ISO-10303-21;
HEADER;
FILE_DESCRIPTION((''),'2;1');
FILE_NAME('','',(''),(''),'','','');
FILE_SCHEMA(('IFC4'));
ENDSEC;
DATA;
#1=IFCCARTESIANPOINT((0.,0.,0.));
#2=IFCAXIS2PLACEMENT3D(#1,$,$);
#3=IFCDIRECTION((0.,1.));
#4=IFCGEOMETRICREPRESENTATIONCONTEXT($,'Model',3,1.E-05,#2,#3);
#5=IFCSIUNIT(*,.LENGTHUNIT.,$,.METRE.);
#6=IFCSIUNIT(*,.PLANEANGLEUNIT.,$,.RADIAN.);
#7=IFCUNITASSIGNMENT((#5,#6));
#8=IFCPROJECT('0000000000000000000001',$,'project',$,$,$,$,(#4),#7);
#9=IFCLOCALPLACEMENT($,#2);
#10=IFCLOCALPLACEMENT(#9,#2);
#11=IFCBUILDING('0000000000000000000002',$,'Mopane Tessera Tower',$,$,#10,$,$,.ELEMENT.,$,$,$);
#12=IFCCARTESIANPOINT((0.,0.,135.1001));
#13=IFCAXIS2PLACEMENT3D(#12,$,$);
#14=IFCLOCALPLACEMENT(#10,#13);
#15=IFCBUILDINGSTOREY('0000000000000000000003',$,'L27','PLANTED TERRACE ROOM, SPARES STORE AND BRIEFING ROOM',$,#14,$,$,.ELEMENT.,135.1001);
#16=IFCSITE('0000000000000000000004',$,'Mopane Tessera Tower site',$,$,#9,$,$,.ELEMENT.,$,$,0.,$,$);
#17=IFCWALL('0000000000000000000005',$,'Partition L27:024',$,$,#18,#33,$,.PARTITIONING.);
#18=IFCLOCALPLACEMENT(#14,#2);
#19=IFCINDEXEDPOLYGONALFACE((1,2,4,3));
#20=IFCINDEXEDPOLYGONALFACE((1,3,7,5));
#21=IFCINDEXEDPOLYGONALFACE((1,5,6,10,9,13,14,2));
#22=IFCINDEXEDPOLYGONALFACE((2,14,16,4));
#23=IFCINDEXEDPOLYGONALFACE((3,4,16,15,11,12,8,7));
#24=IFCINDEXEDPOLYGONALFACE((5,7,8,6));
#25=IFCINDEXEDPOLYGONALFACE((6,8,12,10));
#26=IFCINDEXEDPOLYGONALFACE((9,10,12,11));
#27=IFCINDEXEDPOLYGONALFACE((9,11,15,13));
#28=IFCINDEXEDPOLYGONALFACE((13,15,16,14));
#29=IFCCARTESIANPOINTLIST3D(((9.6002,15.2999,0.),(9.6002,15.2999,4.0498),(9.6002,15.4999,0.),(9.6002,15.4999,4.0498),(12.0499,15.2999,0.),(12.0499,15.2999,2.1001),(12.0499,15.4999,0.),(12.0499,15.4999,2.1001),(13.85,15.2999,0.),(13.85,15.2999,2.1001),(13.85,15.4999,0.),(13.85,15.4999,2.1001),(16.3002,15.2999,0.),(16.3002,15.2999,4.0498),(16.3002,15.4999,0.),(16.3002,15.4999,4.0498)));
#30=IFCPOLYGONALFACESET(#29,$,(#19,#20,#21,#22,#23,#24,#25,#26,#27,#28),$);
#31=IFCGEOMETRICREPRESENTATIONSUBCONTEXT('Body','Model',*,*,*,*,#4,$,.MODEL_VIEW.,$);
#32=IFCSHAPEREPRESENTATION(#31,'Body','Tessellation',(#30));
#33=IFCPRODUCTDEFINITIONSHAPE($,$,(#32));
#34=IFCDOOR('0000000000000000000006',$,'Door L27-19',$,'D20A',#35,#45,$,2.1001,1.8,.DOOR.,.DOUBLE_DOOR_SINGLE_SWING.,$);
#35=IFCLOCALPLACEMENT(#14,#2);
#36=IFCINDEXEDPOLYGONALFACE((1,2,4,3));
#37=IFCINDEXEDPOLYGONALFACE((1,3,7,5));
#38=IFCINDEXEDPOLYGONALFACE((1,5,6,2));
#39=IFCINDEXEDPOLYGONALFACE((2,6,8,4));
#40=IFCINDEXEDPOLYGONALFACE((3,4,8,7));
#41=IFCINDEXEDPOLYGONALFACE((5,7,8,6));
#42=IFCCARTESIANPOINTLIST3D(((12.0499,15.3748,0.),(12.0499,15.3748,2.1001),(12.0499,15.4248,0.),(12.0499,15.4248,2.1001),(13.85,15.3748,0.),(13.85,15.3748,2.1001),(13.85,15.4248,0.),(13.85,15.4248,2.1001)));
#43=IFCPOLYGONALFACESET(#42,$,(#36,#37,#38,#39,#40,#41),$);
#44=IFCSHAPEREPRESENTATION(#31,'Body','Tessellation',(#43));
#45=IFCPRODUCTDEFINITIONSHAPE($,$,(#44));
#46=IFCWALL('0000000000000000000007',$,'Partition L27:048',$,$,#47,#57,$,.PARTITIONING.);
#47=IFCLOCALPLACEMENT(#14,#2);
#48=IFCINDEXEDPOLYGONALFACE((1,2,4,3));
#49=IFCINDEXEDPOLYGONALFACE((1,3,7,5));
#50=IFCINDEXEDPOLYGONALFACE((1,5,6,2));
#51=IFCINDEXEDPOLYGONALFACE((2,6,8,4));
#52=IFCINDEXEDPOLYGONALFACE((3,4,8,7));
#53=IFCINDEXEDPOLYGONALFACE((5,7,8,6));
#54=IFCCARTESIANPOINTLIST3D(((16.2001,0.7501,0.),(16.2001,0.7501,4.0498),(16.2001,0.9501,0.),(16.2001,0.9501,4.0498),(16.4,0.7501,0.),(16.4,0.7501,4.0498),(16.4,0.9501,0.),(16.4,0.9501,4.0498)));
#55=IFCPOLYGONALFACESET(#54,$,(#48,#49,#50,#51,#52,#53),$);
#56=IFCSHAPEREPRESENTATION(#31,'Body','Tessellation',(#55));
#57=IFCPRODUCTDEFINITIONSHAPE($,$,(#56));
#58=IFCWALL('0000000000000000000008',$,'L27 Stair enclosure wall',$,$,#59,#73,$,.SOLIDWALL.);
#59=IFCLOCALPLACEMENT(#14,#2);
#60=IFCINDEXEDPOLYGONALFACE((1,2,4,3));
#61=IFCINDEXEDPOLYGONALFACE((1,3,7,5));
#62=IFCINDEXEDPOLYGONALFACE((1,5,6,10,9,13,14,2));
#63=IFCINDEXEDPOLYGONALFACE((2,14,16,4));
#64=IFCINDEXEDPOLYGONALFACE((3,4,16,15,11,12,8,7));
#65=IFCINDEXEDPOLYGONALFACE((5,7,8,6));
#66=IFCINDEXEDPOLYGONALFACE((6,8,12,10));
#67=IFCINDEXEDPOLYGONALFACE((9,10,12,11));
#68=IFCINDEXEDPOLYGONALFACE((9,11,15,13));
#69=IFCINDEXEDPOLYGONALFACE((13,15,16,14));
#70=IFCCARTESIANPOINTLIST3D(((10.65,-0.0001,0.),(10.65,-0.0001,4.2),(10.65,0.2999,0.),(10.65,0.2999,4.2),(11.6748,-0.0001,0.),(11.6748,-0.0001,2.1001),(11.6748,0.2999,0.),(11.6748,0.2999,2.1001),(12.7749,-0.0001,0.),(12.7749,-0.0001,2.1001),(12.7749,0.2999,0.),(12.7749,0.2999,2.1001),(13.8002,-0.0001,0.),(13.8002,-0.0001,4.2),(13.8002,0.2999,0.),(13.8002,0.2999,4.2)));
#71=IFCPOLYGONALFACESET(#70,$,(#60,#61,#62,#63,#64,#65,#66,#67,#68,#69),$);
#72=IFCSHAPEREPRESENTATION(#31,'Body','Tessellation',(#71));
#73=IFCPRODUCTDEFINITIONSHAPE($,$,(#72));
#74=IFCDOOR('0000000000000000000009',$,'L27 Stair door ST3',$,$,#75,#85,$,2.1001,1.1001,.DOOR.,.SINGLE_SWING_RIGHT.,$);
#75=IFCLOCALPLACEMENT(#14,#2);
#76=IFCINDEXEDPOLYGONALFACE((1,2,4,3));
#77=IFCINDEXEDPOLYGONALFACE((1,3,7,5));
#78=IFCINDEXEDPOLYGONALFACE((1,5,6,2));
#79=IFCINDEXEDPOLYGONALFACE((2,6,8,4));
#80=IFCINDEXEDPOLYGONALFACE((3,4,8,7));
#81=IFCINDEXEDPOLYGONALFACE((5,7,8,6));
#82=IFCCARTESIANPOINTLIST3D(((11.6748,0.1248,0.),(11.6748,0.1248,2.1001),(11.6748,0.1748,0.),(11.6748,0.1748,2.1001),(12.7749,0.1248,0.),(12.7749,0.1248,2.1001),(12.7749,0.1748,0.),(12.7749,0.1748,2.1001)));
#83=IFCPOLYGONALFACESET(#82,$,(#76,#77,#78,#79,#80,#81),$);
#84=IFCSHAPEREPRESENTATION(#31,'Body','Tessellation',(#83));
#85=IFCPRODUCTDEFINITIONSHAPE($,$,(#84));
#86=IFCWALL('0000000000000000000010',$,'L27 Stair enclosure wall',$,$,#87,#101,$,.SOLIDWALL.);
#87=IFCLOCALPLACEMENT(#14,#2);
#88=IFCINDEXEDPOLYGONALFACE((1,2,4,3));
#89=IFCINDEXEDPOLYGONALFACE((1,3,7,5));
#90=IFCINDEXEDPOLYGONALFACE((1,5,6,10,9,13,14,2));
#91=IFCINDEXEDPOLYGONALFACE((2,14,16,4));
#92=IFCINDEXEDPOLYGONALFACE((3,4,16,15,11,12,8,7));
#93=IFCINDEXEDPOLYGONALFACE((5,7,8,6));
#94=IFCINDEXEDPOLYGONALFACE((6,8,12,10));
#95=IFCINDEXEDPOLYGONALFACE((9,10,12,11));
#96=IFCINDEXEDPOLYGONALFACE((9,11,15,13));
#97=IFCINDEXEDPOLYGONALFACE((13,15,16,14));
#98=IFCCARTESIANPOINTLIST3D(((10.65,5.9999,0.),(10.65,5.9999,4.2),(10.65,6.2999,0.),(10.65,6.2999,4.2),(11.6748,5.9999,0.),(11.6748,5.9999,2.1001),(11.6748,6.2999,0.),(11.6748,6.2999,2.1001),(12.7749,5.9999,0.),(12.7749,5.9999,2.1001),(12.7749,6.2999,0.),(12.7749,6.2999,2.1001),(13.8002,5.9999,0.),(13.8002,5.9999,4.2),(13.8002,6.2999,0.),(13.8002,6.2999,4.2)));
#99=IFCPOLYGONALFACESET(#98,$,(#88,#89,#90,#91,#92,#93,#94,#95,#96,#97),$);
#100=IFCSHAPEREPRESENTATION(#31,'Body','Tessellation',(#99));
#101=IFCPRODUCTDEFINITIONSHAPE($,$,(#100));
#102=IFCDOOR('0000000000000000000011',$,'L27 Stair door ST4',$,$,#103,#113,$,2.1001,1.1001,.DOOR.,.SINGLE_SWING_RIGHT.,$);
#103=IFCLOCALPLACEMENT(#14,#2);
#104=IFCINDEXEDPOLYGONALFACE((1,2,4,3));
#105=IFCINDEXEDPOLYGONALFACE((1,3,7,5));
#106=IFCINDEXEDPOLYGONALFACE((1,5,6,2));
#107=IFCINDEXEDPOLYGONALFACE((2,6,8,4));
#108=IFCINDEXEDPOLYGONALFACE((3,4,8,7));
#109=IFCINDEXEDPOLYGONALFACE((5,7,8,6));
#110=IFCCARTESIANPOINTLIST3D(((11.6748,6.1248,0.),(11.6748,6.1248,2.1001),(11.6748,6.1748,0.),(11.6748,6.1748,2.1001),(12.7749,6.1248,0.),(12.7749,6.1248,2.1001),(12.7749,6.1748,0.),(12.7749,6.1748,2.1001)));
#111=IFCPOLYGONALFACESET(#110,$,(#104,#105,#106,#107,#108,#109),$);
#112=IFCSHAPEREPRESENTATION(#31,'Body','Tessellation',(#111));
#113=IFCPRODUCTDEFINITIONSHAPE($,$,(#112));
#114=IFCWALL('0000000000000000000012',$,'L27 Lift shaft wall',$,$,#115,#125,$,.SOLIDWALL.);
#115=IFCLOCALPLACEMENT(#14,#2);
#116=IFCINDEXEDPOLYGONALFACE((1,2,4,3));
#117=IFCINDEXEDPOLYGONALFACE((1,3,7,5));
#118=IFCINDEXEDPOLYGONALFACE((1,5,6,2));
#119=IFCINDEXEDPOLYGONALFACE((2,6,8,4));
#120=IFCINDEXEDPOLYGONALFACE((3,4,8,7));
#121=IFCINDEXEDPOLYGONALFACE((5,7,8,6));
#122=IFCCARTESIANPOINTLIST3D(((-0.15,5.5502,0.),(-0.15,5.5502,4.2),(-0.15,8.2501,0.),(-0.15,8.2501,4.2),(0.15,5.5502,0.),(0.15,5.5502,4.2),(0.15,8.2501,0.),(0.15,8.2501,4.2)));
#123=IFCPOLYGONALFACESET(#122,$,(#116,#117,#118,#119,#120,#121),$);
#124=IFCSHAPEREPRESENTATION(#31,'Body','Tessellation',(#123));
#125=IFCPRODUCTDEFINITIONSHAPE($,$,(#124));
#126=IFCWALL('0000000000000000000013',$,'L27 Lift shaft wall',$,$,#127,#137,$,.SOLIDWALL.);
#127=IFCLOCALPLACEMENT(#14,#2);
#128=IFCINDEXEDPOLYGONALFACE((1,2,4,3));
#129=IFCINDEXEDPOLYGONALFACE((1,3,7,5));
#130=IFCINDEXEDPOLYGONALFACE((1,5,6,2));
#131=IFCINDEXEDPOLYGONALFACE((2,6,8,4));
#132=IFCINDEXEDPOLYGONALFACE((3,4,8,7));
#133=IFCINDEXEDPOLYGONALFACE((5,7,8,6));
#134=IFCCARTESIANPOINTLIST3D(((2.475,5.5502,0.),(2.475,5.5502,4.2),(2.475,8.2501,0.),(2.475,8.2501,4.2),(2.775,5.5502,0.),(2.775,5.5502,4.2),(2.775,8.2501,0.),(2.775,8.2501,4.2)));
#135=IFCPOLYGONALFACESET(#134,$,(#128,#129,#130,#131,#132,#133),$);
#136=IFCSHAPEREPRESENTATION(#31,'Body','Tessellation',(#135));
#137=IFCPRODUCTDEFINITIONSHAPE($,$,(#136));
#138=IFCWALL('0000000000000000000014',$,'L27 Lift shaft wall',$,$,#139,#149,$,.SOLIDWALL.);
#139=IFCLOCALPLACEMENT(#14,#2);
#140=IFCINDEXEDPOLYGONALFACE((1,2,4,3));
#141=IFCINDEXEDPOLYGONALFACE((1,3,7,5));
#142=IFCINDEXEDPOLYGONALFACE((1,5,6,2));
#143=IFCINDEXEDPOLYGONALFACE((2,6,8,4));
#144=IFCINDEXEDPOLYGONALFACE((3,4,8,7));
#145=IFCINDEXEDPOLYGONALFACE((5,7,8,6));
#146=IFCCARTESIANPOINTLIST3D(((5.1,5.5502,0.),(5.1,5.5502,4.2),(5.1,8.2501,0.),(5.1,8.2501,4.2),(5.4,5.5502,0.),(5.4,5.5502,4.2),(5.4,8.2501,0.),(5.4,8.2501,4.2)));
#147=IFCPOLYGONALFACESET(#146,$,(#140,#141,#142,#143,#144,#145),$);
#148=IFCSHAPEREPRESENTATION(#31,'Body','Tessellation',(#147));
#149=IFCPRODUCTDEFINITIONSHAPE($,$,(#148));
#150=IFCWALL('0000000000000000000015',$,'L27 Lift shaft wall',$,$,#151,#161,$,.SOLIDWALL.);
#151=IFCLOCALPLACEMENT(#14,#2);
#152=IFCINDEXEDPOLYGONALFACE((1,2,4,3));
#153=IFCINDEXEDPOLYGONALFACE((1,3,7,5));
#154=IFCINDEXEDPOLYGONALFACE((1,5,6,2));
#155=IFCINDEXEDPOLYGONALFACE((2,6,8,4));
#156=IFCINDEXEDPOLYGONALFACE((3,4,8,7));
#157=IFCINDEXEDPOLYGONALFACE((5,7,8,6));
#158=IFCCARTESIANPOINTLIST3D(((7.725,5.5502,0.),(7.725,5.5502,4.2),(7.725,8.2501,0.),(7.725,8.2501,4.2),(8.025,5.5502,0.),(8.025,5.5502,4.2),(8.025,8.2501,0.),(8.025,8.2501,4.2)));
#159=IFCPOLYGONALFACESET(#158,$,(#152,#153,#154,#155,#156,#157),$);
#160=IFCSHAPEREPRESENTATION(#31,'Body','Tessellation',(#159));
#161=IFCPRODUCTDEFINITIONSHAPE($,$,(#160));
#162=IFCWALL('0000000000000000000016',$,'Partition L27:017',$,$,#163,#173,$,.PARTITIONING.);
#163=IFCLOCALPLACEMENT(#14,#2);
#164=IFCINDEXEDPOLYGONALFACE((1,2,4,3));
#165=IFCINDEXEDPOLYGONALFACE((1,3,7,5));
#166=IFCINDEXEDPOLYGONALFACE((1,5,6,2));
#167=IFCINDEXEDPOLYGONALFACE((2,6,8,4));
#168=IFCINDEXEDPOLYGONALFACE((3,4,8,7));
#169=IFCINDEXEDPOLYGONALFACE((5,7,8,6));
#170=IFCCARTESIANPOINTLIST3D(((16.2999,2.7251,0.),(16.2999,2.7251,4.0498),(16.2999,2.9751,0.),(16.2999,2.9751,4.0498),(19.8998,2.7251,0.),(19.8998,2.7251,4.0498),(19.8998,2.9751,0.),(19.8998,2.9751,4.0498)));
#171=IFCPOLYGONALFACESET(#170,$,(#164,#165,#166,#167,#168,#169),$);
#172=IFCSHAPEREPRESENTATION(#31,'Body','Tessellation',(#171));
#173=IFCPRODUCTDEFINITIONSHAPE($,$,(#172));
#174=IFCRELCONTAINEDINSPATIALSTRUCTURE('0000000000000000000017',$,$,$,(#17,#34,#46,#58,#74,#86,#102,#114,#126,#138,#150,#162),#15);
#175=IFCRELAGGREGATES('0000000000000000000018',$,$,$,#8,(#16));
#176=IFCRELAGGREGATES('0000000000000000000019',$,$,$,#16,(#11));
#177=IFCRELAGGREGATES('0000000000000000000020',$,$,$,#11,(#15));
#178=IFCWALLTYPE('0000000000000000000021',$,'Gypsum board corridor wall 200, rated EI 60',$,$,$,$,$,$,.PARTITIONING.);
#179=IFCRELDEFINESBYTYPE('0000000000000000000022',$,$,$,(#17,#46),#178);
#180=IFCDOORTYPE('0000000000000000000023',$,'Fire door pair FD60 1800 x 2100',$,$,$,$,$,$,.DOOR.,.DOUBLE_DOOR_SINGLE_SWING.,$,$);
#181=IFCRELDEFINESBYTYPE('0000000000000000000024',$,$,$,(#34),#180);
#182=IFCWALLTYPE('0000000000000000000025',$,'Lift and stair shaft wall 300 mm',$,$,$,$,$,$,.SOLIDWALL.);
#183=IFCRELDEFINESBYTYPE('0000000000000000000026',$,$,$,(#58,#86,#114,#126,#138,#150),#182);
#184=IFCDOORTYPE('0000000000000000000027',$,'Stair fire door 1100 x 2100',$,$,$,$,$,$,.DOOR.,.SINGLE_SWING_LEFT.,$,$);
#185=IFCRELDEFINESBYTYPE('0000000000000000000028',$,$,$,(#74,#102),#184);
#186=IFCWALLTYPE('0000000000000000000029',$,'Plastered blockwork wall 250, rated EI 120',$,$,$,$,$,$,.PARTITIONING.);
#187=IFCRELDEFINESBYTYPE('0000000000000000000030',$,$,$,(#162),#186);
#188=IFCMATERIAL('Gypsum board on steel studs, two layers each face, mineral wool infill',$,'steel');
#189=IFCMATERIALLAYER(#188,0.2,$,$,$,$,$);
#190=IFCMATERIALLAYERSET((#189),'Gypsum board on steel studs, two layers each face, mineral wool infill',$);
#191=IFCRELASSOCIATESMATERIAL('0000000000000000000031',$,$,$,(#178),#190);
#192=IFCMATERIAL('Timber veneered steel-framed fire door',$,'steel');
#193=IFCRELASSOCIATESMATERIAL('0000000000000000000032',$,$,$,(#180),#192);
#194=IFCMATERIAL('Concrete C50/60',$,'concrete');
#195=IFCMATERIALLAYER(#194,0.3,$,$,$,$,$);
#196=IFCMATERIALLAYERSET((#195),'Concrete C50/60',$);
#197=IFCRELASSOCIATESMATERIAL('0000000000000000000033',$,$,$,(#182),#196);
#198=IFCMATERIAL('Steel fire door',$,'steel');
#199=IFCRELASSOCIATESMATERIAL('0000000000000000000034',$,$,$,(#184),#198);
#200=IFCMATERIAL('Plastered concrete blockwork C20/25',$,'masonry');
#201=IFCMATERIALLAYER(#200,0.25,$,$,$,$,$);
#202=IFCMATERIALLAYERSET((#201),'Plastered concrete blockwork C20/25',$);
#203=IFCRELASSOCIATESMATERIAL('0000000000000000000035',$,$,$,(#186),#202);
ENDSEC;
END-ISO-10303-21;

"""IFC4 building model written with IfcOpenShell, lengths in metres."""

from ifc_helpers import new_model, si_unit, direction, frame, frame_2d, origin, place, context, subcontext, project, spatial, rectangle, extrude, material, layer, layer_set, type_object, element, fill, save


model = new_model("IFC4")

# Units and contexts
model_context = context("Model", 3, precision=1e-05, world=origin(), true_north=direction((0.0, 1.0)))
body_context = subcontext(model_context, "Body", "Model", "MODEL_VIEW")
ifc_project = project(units=[si_unit("LENGTHUNIT", "METRE"), si_unit("PLANEANGLEUNIT", "RADIAN")], contexts=[model_context])

# Site, building, storey
site_placement = place(None, origin())
site = spatial("IfcSite", under=ifc_project, at=site_placement, Name="Mopane Tessera Tower site", CompositionType="ELEMENT", RefElevation=0.0)
building_placement = place(site_placement, origin())
building = spatial("IfcBuilding", under=site, at=building_placement, Name="Mopane Tessera Tower", CompositionType="ELEMENT")
storey_placement = place(building_placement, frame((0.0, 0.0, 135.1001)))
storey = spatial("IfcBuildingStorey", under=building, at=storey_placement, Name="L27", Description="PLANTED TERRACE ROOM, SPARES STORE AND BRIEFING ROOM", CompositionType="ELEMENT", Elevation=135.1001)

# Shared definitions
ifc_material_1 = material(Name="Gypsum board on steel studs, two layers each face, mineral wool infill", Category="steel")
ifc_layer_1 = layer(ifc_material_1, 0.2)
ifc_layer_set_1 = layer_set([ifc_layer_1], Name="Gypsum board on steel studs, two layers each face, mineral wool infill")
wall_type_1 = type_object("IfcWallType", Name="Gypsum board corridor wall 200, rated EI 60", PredefinedType="PARTITIONING", material=ifc_layer_set_1)

# Wall, opening, door
wall_1_placement = place(storey_placement, frame((9.6001, 15.3999, 0.0), z_axis=(0.0, 0.0, 1.0), x_axis=(1.0, 0.0, 0.0)))
wall_1 = element("IfcWall", 1, at=wall_1_placement, inside=storey, type_object=wall_type_1, Name="Partition L27:024", PredefinedType="PARTITIONING", context=body_context, shape_type="SweptSolid", body=[
    extrude(rectangle(XDim=6.7, YDim=0.2, at=frame_2d((3.3501, 0.0))), origin(), (0.0, 0.0, 1.0), 4.0498),
])
opening_1_placement = place(wall_1_placement, frame((2.45, 0.0, 0.0)))
opening_1 = element("IfcOpeningElement", 2, at=opening_1_placement, cuts=wall_1, PredefinedType="OPENING", context=body_context, shape_type="SweptSolid", body=[
    extrude(rectangle(XDim=1.8, YDim=2.1001, at=frame_2d((0.8999, 1.05))), frame((0.0, 0.1121, 0.0), z_axis=(0.0, -1.0, 0.0), x_axis=(1.0, 0.0, 0.0)), (0.0, 0.0, 1.0), 0.2239),
])
ifc_material_2 = material(Name="Timber veneered steel-framed fire door", Category="steel")
door_type_1 = type_object("IfcDoorType", Name="Fire door pair FD60 1800 x 2100", OperationType="DOUBLE_DOOR_SINGLE_SWING", PredefinedType="DOOR", material=ifc_material_2)
door_1_placement = place(opening_1_placement, origin())
door_1 = element("IfcDoor", 3, at=door_1_placement, inside=storey, type_object=door_type_1, Name="Door L27-19", ObjectType="D20A", OperationType="DOUBLE_DOOR_SINGLE_SWING", OverallHeight=2.1001, OverallWidth=1.8, PredefinedType="DOOR", context=body_context, shape_type="SweptSolid", body=[
    extrude(rectangle(XDim=1.8, YDim=2.1001, at=frame_2d((0.8999, 1.05))), frame((0.0, 0.0249, 0.0), z_axis=(0.0, -1.0, 0.0), x_axis=(1.0, 0.0, 0.0)), (0.0, 0.0, 1.0), 0.05),
])
fill(opening_1, door_1)

# Wall
wall_2_placement = place(storey_placement, frame((16.3, 0.75, 0.0), z_axis=(0.0, 0.0, 1.0), x_axis=(0.0, 1.0, 0.0)))
element("IfcWall", 4, at=wall_2_placement, inside=storey, type_object=wall_type_1, Name="Partition L27:048", PredefinedType="PARTITIONING", context=body_context, shape_type="SweptSolid", body=[
    extrude(rectangle(XDim=0.2, YDim=0.2, at=frame_2d((0.1001, 0.0))), origin(), (0.0, 0.0, 1.0), 4.0498),
])

# Walls, openings, doors
ifc_material_3 = material(Name="Concrete C50/60", Category="concrete")
ifc_layer_2 = layer(ifc_material_3, 0.3)
ifc_layer_set_2 = layer_set([ifc_layer_2], Name="Concrete C50/60")
wall_type_2 = type_object("IfcWallType", Name="Lift and stair shaft wall 300 mm", PredefinedType="SOLIDWALL", material=ifc_layer_set_2)
wall_3_placement = place(storey_placement, frame((10.6499, 0.1499, 0.0), z_axis=(0.0, 0.0, 1.0), x_axis=(1.0, 0.0, 0.0)))
wall_3 = element("IfcWall", 5, at=wall_3_placement, inside=storey, type_object=wall_type_2, Name="L27 Stair enclosure wall", PredefinedType="SOLIDWALL", context=body_context, shape_type="SweptSolid", body=[
    extrude(rectangle(XDim=3.1501, YDim=0.3, at=frame_2d((1.5752, 0.0))), origin(), (0.0, 0.0, 1.0), 4.2),
])
opening_2_placement = place(wall_3_placement, frame((1.0249, 0.0, 0.0)))
opening_2 = element("IfcOpeningElement", 6, at=opening_2_placement, cuts=wall_3, PredefinedType="OPENING", context=body_context, shape_type="SweptSolid", body=[
    extrude(rectangle(XDim=1.1001, YDim=2.1001, at=frame_2d((0.55, 1.05))), frame((0.0, 0.1621, 0.0), z_axis=(0.0, -1.0, 0.0), x_axis=(1.0, 0.0, 0.0)), (0.0, 0.0, 1.0), 0.324),
])
ifc_material_4 = material(Name="Steel fire door", Category="steel")
door_type_2 = type_object("IfcDoorType", Name="Stair fire door 1100 x 2100", OperationType="SINGLE_SWING_LEFT", PredefinedType="DOOR", material=ifc_material_4)
door_2_placement = place(opening_2_placement, origin())
door_2 = element("IfcDoor", 7, at=door_2_placement, inside=storey, type_object=door_type_2, Name="L27 Stair door ST3", OperationType="SINGLE_SWING_RIGHT", OverallHeight=2.1001, OverallWidth=1.1001, PredefinedType="DOOR", context=body_context, shape_type="SweptSolid", body=[
    extrude(rectangle(XDim=1.1001, YDim=2.1001, at=frame_2d((0.55, 1.05))), frame((0.0, 0.0249, 0.0), z_axis=(0.0, -1.0, 0.0), x_axis=(1.0, 0.0, 0.0)), (0.0, 0.0, 1.0), 0.05),
])
fill(opening_2, door_2)
wall_4_placement = place(storey_placement, frame((10.6499, 6.1499, 0.0), z_axis=(0.0, 0.0, 1.0), x_axis=(1.0, 0.0, 0.0)))
wall_4 = element("IfcWall", 8, at=wall_4_placement, inside=storey, type_object=wall_type_2, Name="L27 Stair enclosure wall", PredefinedType="SOLIDWALL", context=body_context, shape_type="SweptSolid", body=[
    extrude(rectangle(XDim=3.1501, YDim=0.3, at=frame_2d((1.5752, 0.0))), origin(), (0.0, 0.0, 1.0), 4.2),
])
opening_3_placement = place(wall_4_placement, frame((1.0249, 0.0, 0.0)))
opening_3 = element("IfcOpeningElement", 9, at=opening_3_placement, cuts=wall_4, PredefinedType="OPENING", context=body_context, shape_type="SweptSolid", body=[
    extrude(rectangle(XDim=1.1001, YDim=2.1001, at=frame_2d((0.55, 1.05))), frame((0.0, 0.1621, 0.0), z_axis=(0.0, -1.0, 0.0), x_axis=(1.0, 0.0, 0.0)), (0.0, 0.0, 1.0), 0.324),
])
door_3_placement = place(opening_3_placement, origin())
door_3 = element("IfcDoor", 10, at=door_3_placement, inside=storey, type_object=door_type_2, Name="L27 Stair door ST4", OperationType="SINGLE_SWING_RIGHT", OverallHeight=2.1001, OverallWidth=1.1001, PredefinedType="DOOR", context=body_context, shape_type="SweptSolid", body=[
    extrude(rectangle(XDim=1.1001, YDim=2.1001, at=frame_2d((0.55, 1.05))), frame((0.0, 0.0249, 0.0), z_axis=(0.0, -1.0, 0.0), x_axis=(1.0, 0.0, 0.0)), (0.0, 0.0, 1.0), 0.05),
])
fill(opening_3, door_3)

# Walls
for number, where, z_axis, x_axis, name in (
    (11, (0.0, 5.55, 0.0), (0.0, 0.0, 1.0), (0.0, 1.0, 0.0), "L27 Lift shaft wall"),
    (12, (2.625, 5.55, 0.0), (0.0, 0.0, 1.0), (0.0, 1.0, 0.0), "L27 Lift shaft wall"),
    (13, (5.25, 5.55, 0.0), (0.0, 0.0, 1.0), (0.0, 1.0, 0.0), "L27 Lift shaft wall"),
    (14, (7.875, 5.55, 0.0), (0.0, 0.0, 1.0), (0.0, 1.0, 0.0), "L27 Lift shaft wall"),
):
    element("IfcWall", number, at=place(storey_placement, frame(where, z_axis=z_axis, x_axis=x_axis)), inside=storey, type_object=wall_type_2, Name=name, PredefinedType="SOLIDWALL", context=body_context, shape_type="SweptSolid", body=[
        extrude(rectangle(XDim=2.7, YDim=0.3, at=frame_2d((1.3501, 0.0))), origin(), (0.0, 0.0, 1.0), 4.2),
    ])
ifc_material_5 = material(Name="Plastered concrete blockwork C20/25", Category="masonry")
ifc_layer_3 = layer(ifc_material_5, 0.25)
ifc_layer_set_3 = layer_set([ifc_layer_3], Name="Plastered concrete blockwork C20/25")
wall_type_3 = type_object("IfcWallType", Name="Plastered blockwork wall 250, rated EI 120", PredefinedType="PARTITIONING", material=ifc_layer_set_3)
wall_5_placement = place(storey_placement, frame((16.3, 2.8501, 0.0), z_axis=(0.0, 0.0, 1.0), x_axis=(1.0, 0.0, 0.0)))
element("IfcWall", 15, at=wall_5_placement, inside=storey, type_object=wall_type_3, Name="Partition L27:017", PredefinedType="PARTITIONING", context=body_context, shape_type="SweptSolid", body=[
    extrude(rectangle(XDim=3.5999, YDim=0.25, at=frame_2d((1.7998, 0.0))), origin(), (0.0, 0.0, 1.0), 4.0498),
])

save(model, "model.ifc")
